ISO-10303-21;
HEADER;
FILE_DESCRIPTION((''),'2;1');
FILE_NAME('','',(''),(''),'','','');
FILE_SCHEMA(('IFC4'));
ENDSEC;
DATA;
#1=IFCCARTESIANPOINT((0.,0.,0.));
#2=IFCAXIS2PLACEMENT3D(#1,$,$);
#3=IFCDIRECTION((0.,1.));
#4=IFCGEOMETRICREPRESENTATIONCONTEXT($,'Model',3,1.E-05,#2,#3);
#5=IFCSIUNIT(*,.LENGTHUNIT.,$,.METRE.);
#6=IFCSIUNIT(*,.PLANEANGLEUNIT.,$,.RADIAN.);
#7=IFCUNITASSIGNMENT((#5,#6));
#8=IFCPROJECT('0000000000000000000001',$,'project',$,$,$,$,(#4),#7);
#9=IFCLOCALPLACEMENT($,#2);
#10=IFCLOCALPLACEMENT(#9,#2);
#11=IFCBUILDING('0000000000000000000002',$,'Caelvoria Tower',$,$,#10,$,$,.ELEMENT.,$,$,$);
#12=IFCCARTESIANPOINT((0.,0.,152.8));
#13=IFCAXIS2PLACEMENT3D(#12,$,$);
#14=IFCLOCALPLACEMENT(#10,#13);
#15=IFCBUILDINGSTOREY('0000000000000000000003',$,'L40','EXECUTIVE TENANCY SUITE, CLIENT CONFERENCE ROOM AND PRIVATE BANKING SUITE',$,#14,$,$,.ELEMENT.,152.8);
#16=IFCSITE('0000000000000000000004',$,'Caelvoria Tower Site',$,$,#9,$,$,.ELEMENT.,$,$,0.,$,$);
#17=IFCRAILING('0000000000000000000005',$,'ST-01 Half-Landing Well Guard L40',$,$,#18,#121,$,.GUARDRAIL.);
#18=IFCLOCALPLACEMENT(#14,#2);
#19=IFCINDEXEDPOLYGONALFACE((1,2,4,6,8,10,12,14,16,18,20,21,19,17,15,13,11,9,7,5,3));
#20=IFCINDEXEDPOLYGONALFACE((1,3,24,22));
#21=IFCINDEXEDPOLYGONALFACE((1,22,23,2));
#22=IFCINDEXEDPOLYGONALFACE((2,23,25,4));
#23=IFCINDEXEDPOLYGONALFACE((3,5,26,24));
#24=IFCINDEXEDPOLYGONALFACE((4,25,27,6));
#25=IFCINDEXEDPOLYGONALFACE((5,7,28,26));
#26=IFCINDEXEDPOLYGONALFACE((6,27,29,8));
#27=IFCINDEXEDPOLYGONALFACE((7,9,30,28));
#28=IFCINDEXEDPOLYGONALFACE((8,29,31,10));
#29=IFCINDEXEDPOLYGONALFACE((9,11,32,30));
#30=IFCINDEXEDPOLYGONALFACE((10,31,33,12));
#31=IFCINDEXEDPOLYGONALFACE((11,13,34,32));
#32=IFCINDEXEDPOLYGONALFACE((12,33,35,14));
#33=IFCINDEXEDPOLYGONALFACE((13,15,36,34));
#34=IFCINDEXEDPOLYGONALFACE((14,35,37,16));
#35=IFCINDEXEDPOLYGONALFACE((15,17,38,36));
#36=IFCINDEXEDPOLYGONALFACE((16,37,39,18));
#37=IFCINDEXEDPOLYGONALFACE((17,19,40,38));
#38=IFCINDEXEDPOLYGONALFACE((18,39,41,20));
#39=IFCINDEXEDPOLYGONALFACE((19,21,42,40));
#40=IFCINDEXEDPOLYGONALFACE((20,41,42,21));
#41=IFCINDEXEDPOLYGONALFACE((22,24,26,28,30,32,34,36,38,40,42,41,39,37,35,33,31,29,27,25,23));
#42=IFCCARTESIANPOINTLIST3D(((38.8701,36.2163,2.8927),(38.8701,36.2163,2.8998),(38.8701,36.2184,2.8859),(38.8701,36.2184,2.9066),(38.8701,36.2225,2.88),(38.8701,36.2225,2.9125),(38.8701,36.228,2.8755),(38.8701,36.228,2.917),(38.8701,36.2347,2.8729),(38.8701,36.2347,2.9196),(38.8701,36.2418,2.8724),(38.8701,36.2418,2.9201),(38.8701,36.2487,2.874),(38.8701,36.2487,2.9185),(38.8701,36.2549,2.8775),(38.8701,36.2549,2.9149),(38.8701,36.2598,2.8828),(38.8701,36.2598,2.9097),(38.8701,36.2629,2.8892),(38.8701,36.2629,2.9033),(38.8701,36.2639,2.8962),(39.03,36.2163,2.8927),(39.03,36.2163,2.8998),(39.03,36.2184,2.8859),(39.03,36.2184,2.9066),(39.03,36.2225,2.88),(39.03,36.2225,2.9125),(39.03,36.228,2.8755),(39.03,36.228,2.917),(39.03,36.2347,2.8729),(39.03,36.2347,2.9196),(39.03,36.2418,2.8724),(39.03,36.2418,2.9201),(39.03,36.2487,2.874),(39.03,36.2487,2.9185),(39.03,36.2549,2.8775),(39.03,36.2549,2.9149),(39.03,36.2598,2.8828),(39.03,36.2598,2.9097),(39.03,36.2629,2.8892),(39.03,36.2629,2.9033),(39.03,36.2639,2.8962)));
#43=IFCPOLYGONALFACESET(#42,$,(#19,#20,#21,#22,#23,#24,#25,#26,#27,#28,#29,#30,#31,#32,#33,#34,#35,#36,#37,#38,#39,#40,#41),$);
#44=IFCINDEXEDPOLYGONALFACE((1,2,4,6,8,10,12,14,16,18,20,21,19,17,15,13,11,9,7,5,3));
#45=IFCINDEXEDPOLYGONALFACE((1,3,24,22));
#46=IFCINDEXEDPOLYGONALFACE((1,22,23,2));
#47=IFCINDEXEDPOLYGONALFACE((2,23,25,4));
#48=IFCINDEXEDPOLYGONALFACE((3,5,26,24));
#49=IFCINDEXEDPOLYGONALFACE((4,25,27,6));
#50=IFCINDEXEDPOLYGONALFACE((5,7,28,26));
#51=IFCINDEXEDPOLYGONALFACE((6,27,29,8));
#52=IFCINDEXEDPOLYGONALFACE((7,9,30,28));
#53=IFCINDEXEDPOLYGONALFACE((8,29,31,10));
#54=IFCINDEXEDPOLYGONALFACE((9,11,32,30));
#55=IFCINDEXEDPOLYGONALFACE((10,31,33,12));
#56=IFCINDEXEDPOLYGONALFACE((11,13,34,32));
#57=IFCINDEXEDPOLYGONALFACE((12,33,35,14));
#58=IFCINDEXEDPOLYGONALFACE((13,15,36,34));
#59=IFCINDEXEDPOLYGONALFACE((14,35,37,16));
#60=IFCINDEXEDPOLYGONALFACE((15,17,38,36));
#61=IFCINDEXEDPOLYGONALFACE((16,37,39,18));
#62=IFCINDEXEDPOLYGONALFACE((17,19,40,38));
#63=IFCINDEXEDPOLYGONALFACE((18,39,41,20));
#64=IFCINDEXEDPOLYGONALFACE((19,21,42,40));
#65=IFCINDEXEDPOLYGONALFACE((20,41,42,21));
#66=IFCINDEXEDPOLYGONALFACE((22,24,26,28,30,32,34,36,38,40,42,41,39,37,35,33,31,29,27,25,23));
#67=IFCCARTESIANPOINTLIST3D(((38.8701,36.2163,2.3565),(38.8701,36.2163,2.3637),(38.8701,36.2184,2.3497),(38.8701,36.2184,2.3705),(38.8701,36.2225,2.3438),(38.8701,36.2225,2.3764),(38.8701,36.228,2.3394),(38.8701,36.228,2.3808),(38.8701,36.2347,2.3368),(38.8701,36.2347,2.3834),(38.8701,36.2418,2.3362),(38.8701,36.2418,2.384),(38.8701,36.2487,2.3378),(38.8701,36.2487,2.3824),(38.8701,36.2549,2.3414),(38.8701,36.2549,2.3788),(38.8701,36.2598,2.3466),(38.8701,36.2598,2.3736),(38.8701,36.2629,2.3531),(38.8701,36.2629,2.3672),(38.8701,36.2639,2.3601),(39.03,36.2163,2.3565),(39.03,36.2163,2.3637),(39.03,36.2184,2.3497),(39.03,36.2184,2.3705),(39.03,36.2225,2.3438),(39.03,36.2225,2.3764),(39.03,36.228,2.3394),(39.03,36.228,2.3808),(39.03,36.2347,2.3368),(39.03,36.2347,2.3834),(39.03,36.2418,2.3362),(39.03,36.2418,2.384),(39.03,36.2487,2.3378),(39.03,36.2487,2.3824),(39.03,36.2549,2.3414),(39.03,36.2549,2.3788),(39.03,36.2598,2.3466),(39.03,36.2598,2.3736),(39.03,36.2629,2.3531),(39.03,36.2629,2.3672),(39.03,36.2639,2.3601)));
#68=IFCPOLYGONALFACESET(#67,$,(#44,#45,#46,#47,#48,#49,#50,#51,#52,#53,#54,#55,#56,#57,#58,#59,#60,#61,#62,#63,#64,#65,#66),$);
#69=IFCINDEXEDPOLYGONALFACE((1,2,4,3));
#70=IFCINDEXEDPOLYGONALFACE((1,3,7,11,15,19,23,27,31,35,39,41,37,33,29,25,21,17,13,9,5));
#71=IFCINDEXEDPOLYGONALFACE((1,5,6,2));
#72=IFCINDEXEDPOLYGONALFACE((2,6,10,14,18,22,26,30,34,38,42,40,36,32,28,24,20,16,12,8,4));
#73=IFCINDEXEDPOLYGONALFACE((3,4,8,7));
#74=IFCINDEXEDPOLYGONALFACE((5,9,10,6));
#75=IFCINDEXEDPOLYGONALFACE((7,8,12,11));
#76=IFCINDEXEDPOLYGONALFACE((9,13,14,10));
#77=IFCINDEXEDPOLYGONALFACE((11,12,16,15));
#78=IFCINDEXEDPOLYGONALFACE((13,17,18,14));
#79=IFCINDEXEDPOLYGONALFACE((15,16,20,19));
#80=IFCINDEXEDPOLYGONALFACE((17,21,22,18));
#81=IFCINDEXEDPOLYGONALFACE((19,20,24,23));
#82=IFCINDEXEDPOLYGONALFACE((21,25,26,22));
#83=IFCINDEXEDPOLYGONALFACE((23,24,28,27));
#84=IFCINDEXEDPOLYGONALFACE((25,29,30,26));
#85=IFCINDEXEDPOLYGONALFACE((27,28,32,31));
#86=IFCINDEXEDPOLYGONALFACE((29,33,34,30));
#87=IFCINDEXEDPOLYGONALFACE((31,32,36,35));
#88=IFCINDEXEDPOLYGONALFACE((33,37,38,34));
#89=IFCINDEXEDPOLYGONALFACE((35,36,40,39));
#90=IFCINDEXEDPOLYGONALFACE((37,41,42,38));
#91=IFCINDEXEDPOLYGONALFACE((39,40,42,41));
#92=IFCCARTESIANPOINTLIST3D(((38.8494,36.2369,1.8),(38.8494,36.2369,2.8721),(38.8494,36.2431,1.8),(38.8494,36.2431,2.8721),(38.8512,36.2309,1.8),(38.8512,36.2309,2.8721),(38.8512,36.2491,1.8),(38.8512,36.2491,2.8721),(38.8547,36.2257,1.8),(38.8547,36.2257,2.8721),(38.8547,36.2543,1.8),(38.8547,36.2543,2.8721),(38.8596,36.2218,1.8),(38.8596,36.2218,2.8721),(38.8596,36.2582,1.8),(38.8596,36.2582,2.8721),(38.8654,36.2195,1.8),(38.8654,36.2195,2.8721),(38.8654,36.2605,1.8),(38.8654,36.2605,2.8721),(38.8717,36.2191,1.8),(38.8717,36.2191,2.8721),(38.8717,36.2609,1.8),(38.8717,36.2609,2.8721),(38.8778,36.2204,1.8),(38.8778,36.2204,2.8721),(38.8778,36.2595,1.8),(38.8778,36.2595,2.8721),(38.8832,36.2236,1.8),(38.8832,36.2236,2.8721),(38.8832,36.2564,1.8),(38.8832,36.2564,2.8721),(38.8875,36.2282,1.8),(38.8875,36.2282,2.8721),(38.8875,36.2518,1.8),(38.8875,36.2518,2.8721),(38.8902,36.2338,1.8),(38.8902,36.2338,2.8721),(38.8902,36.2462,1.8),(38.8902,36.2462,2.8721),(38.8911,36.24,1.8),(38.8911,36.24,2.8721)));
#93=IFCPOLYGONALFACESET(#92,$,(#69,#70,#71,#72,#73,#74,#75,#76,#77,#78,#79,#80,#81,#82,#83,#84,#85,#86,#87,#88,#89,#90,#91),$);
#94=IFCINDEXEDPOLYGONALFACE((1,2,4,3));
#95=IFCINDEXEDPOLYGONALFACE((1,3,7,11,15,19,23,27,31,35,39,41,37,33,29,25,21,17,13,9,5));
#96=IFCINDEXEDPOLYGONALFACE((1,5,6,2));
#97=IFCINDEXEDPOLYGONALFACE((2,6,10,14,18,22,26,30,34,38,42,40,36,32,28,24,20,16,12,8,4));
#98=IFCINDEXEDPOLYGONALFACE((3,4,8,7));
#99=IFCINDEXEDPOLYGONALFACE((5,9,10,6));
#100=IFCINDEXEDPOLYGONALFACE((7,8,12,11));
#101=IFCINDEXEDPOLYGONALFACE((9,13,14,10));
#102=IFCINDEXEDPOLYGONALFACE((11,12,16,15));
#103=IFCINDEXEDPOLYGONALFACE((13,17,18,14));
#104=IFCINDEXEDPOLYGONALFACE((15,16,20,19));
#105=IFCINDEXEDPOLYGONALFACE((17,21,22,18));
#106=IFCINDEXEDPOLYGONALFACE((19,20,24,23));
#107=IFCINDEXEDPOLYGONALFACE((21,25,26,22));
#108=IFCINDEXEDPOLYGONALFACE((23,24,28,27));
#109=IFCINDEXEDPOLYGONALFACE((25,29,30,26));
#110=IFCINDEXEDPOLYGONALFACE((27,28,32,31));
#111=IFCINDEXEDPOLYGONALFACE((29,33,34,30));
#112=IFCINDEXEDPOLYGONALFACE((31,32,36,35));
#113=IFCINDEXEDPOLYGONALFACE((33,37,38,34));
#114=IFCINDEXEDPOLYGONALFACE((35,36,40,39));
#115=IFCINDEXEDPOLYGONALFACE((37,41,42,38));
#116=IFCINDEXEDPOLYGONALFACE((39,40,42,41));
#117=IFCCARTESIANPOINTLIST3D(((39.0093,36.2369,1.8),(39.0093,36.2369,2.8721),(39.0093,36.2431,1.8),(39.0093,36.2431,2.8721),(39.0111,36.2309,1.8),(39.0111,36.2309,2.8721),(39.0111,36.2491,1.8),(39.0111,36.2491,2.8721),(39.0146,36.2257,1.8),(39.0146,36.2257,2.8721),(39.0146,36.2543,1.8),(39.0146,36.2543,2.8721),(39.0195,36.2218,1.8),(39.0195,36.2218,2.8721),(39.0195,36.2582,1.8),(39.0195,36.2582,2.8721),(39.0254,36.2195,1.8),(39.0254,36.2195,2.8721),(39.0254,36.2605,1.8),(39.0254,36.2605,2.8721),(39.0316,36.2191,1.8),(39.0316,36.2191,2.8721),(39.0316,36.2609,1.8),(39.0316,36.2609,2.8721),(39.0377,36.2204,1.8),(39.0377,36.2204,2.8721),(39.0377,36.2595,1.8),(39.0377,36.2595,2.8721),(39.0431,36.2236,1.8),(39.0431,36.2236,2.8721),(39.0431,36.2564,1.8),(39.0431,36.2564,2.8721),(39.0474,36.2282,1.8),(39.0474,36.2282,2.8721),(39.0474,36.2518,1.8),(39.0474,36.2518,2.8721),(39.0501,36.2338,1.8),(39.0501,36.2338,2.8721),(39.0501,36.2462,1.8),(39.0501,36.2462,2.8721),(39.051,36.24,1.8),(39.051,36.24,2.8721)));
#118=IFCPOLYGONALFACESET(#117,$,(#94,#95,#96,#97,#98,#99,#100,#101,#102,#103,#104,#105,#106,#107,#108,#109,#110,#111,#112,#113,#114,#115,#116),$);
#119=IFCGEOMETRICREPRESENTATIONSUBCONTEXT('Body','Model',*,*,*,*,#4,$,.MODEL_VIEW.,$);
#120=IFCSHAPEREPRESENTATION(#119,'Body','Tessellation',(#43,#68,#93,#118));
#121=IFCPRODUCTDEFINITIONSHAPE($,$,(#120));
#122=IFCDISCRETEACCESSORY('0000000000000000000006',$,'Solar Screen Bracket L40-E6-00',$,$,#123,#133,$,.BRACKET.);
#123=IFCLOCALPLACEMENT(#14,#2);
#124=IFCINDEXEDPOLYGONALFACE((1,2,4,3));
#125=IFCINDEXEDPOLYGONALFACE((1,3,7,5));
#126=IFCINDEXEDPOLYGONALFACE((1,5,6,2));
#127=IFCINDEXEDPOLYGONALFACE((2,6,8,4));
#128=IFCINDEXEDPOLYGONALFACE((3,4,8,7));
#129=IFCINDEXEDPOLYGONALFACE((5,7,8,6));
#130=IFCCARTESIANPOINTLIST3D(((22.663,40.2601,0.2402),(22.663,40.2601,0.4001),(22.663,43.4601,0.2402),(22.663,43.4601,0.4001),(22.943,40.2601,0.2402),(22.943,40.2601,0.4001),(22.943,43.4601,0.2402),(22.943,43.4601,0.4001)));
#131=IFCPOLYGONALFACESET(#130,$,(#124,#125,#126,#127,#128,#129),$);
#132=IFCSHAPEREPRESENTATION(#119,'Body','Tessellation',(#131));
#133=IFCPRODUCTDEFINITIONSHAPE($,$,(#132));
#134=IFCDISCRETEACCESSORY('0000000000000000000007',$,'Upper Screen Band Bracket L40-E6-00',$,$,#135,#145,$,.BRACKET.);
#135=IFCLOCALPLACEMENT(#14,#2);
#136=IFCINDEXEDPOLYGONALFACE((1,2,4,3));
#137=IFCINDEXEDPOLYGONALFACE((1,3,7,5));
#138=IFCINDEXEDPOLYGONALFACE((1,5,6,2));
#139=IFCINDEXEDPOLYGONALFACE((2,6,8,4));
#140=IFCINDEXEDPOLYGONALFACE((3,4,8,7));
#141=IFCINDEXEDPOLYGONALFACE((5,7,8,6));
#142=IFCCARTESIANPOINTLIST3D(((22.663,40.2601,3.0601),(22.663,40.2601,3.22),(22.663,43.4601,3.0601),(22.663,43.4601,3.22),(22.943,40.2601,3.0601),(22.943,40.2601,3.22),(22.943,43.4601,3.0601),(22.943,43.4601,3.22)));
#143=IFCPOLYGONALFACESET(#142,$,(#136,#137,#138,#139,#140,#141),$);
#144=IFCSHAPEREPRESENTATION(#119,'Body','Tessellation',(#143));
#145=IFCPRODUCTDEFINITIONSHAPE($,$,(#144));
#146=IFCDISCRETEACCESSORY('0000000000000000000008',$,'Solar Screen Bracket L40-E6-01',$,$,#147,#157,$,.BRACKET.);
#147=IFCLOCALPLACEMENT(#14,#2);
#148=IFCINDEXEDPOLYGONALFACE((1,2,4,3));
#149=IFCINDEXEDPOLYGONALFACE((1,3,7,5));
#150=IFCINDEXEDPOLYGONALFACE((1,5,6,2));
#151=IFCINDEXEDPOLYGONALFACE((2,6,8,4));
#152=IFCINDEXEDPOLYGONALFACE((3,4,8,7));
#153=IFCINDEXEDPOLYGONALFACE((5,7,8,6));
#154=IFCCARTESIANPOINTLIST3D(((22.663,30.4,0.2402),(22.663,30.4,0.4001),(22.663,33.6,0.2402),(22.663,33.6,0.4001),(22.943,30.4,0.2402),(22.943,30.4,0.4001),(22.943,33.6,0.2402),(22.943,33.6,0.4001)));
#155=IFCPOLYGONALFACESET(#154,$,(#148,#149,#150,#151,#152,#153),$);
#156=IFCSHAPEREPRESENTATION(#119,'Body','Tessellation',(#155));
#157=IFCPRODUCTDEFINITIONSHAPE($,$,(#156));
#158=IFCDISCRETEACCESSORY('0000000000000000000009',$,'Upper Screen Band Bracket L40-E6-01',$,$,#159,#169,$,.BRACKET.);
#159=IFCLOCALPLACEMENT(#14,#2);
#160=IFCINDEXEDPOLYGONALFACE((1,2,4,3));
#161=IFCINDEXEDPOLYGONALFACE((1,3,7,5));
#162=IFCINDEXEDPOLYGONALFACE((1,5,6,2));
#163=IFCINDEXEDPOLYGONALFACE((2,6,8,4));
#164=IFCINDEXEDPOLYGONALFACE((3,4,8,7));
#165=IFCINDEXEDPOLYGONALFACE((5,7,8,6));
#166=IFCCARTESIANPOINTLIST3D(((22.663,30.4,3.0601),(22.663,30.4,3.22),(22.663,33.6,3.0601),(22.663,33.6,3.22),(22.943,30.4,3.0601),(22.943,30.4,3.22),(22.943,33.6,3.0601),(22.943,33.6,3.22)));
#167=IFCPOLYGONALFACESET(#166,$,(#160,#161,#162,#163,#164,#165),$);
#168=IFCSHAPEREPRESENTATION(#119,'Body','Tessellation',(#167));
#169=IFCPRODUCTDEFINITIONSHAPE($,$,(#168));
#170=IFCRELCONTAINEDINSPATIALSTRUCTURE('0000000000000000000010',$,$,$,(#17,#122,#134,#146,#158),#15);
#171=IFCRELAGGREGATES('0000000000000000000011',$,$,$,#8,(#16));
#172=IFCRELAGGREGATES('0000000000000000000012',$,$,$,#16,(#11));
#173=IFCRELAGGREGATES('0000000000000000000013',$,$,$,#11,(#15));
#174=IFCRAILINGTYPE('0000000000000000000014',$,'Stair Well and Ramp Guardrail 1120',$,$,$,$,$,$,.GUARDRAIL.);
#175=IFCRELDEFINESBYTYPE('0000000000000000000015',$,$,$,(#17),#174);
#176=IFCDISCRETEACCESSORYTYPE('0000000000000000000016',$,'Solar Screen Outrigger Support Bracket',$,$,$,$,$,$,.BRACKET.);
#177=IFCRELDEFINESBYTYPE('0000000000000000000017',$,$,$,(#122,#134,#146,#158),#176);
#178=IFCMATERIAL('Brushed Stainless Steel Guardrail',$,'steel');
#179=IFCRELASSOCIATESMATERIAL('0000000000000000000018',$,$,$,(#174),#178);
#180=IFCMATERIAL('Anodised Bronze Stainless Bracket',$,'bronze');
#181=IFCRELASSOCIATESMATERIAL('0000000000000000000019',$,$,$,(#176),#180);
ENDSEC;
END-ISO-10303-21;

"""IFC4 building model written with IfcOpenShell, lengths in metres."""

from ifc_helpers import new_model, si_unit, direction, frame, origin, origin_2d, place, context, subcontext, project, spatial, rectangle, circle, extrude, material, type_object, element, save


model = new_model("IFC4")

# Units and contexts
model_context = context("Model", 3, precision=1e-05, world=origin(), true_north=direction((0.0, 1.0)))
body_context = subcontext(model_context, "Body", "Model", "MODEL_VIEW")
ifc_project = project(units=[si_unit("LENGTHUNIT", "METRE"), si_unit("PLANEANGLEUNIT", "RADIAN")], contexts=[model_context])

# Site, building, storey
site_placement = place(None, origin())
site = spatial("IfcSite", under=ifc_project, at=site_placement, Name="Caelvoria Tower Site", CompositionType="ELEMENT", RefElevation=0.0)
building_placement = place(site_placement, origin())
building = spatial("IfcBuilding", under=site, at=building_placement, Name="Caelvoria Tower", CompositionType="ELEMENT")
storey_placement = place(building_placement, frame((0.0, 0.0, 152.8)))
storey = spatial("IfcBuildingStorey", under=building, at=storey_placement, Name="L40", Description="EXECUTIVE TENANCY SUITE, CLIENT CONFERENCE ROOM AND PRIVATE BANKING SUITE", CompositionType="ELEMENT", Elevation=152.8)

# Railing
ifc_material_1 = material(Name="Brushed Stainless Steel Guardrail", Category="steel")
railing_type_1 = type_object("IfcRailingType", Name="Stair Well and Ramp Guardrail 1120", PredefinedType="GUARDRAIL", material=ifc_material_1)
railing_1_placement = place(storey_placement, frame((38.8701, 36.24, 1.8)))
element("IfcRailing", 1, at=railing_1_placement, inside=storey, type_object=railing_type_1, Name="ST-01 Half-Landing Well Guard L40", PredefinedType="GUARDRAIL", context=body_context, shape_type="SweptSolid", body=[
    extrude(circle(Radius=0.0239, at=origin_2d()), frame((0.0, 0.0, 1.0962), z_axis=(1.0, 0.0, 0.0), x_axis=(0.0, 1.0, 0.0)), (0.0, 0.0, 1.0), 0.1599),
    extrude(circle(Radius=0.0239, at=origin_2d()), frame((0.0, 0.0, 0.5601), z_axis=(1.0, 0.0, 0.0), x_axis=(0.0, 1.0, 0.0)), (0.0, 0.0, 1.0), 0.1599),
    extrude(circle(Radius=0.021, at=origin_2d()), origin(), (0.0, 0.0, 1.0), 1.072),
    extrude(circle(Radius=0.021, at=origin_2d()), frame((0.1599, 0.0, 0.0)), (0.0, 0.0, 1.0), 1.072),
])

# Discrete accessories
ifc_material_2 = material(Name="Anodised Bronze Stainless Bracket", Category="bronze")
discrete_accessory_type = type_object("IfcDiscreteAccessoryType", Name="Solar Screen Outrigger Support Bracket", PredefinedType="BRACKET", material=ifc_material_2)
for number, where, z_axis, x_axis, name in (
    (2, (22.803, 41.8601, 0.2402), (0.0, 0.0, 1.0), (0.0, -1.0, 0.0), "Solar Screen Bracket L40-E6-00"),
    (3, (22.803, 41.8601, 3.0601), (0.0, 0.0, 1.0), (0.0, -1.0, 0.0), "Upper Screen Band Bracket L40-E6-00"),
    (4, (22.803, 32.0, 0.2402), (0.0, 0.0, 1.0), (0.0, -1.0, 0.0), "Solar Screen Bracket L40-E6-01"),
    (5, (22.803, 32.0, 3.0601), (0.0, 0.0, 1.0), (0.0, -1.0, 0.0), "Upper Screen Band Bracket L40-E6-01"),
):
    element("IfcDiscreteAccessory", number, at=place(storey_placement, frame(where, z_axis=z_axis, x_axis=x_axis)), inside=storey, type_object=discrete_accessory_type, Name=name, PredefinedType="BRACKET", context=body_context, shape_type="SweptSolid", body=[
        extrude(rectangle(XDim=3.2, YDim=0.28, at=origin_2d()), origin(), (0.0, 0.0, 1.0), 0.1599),
    ])

save(model, "model.ifc")
